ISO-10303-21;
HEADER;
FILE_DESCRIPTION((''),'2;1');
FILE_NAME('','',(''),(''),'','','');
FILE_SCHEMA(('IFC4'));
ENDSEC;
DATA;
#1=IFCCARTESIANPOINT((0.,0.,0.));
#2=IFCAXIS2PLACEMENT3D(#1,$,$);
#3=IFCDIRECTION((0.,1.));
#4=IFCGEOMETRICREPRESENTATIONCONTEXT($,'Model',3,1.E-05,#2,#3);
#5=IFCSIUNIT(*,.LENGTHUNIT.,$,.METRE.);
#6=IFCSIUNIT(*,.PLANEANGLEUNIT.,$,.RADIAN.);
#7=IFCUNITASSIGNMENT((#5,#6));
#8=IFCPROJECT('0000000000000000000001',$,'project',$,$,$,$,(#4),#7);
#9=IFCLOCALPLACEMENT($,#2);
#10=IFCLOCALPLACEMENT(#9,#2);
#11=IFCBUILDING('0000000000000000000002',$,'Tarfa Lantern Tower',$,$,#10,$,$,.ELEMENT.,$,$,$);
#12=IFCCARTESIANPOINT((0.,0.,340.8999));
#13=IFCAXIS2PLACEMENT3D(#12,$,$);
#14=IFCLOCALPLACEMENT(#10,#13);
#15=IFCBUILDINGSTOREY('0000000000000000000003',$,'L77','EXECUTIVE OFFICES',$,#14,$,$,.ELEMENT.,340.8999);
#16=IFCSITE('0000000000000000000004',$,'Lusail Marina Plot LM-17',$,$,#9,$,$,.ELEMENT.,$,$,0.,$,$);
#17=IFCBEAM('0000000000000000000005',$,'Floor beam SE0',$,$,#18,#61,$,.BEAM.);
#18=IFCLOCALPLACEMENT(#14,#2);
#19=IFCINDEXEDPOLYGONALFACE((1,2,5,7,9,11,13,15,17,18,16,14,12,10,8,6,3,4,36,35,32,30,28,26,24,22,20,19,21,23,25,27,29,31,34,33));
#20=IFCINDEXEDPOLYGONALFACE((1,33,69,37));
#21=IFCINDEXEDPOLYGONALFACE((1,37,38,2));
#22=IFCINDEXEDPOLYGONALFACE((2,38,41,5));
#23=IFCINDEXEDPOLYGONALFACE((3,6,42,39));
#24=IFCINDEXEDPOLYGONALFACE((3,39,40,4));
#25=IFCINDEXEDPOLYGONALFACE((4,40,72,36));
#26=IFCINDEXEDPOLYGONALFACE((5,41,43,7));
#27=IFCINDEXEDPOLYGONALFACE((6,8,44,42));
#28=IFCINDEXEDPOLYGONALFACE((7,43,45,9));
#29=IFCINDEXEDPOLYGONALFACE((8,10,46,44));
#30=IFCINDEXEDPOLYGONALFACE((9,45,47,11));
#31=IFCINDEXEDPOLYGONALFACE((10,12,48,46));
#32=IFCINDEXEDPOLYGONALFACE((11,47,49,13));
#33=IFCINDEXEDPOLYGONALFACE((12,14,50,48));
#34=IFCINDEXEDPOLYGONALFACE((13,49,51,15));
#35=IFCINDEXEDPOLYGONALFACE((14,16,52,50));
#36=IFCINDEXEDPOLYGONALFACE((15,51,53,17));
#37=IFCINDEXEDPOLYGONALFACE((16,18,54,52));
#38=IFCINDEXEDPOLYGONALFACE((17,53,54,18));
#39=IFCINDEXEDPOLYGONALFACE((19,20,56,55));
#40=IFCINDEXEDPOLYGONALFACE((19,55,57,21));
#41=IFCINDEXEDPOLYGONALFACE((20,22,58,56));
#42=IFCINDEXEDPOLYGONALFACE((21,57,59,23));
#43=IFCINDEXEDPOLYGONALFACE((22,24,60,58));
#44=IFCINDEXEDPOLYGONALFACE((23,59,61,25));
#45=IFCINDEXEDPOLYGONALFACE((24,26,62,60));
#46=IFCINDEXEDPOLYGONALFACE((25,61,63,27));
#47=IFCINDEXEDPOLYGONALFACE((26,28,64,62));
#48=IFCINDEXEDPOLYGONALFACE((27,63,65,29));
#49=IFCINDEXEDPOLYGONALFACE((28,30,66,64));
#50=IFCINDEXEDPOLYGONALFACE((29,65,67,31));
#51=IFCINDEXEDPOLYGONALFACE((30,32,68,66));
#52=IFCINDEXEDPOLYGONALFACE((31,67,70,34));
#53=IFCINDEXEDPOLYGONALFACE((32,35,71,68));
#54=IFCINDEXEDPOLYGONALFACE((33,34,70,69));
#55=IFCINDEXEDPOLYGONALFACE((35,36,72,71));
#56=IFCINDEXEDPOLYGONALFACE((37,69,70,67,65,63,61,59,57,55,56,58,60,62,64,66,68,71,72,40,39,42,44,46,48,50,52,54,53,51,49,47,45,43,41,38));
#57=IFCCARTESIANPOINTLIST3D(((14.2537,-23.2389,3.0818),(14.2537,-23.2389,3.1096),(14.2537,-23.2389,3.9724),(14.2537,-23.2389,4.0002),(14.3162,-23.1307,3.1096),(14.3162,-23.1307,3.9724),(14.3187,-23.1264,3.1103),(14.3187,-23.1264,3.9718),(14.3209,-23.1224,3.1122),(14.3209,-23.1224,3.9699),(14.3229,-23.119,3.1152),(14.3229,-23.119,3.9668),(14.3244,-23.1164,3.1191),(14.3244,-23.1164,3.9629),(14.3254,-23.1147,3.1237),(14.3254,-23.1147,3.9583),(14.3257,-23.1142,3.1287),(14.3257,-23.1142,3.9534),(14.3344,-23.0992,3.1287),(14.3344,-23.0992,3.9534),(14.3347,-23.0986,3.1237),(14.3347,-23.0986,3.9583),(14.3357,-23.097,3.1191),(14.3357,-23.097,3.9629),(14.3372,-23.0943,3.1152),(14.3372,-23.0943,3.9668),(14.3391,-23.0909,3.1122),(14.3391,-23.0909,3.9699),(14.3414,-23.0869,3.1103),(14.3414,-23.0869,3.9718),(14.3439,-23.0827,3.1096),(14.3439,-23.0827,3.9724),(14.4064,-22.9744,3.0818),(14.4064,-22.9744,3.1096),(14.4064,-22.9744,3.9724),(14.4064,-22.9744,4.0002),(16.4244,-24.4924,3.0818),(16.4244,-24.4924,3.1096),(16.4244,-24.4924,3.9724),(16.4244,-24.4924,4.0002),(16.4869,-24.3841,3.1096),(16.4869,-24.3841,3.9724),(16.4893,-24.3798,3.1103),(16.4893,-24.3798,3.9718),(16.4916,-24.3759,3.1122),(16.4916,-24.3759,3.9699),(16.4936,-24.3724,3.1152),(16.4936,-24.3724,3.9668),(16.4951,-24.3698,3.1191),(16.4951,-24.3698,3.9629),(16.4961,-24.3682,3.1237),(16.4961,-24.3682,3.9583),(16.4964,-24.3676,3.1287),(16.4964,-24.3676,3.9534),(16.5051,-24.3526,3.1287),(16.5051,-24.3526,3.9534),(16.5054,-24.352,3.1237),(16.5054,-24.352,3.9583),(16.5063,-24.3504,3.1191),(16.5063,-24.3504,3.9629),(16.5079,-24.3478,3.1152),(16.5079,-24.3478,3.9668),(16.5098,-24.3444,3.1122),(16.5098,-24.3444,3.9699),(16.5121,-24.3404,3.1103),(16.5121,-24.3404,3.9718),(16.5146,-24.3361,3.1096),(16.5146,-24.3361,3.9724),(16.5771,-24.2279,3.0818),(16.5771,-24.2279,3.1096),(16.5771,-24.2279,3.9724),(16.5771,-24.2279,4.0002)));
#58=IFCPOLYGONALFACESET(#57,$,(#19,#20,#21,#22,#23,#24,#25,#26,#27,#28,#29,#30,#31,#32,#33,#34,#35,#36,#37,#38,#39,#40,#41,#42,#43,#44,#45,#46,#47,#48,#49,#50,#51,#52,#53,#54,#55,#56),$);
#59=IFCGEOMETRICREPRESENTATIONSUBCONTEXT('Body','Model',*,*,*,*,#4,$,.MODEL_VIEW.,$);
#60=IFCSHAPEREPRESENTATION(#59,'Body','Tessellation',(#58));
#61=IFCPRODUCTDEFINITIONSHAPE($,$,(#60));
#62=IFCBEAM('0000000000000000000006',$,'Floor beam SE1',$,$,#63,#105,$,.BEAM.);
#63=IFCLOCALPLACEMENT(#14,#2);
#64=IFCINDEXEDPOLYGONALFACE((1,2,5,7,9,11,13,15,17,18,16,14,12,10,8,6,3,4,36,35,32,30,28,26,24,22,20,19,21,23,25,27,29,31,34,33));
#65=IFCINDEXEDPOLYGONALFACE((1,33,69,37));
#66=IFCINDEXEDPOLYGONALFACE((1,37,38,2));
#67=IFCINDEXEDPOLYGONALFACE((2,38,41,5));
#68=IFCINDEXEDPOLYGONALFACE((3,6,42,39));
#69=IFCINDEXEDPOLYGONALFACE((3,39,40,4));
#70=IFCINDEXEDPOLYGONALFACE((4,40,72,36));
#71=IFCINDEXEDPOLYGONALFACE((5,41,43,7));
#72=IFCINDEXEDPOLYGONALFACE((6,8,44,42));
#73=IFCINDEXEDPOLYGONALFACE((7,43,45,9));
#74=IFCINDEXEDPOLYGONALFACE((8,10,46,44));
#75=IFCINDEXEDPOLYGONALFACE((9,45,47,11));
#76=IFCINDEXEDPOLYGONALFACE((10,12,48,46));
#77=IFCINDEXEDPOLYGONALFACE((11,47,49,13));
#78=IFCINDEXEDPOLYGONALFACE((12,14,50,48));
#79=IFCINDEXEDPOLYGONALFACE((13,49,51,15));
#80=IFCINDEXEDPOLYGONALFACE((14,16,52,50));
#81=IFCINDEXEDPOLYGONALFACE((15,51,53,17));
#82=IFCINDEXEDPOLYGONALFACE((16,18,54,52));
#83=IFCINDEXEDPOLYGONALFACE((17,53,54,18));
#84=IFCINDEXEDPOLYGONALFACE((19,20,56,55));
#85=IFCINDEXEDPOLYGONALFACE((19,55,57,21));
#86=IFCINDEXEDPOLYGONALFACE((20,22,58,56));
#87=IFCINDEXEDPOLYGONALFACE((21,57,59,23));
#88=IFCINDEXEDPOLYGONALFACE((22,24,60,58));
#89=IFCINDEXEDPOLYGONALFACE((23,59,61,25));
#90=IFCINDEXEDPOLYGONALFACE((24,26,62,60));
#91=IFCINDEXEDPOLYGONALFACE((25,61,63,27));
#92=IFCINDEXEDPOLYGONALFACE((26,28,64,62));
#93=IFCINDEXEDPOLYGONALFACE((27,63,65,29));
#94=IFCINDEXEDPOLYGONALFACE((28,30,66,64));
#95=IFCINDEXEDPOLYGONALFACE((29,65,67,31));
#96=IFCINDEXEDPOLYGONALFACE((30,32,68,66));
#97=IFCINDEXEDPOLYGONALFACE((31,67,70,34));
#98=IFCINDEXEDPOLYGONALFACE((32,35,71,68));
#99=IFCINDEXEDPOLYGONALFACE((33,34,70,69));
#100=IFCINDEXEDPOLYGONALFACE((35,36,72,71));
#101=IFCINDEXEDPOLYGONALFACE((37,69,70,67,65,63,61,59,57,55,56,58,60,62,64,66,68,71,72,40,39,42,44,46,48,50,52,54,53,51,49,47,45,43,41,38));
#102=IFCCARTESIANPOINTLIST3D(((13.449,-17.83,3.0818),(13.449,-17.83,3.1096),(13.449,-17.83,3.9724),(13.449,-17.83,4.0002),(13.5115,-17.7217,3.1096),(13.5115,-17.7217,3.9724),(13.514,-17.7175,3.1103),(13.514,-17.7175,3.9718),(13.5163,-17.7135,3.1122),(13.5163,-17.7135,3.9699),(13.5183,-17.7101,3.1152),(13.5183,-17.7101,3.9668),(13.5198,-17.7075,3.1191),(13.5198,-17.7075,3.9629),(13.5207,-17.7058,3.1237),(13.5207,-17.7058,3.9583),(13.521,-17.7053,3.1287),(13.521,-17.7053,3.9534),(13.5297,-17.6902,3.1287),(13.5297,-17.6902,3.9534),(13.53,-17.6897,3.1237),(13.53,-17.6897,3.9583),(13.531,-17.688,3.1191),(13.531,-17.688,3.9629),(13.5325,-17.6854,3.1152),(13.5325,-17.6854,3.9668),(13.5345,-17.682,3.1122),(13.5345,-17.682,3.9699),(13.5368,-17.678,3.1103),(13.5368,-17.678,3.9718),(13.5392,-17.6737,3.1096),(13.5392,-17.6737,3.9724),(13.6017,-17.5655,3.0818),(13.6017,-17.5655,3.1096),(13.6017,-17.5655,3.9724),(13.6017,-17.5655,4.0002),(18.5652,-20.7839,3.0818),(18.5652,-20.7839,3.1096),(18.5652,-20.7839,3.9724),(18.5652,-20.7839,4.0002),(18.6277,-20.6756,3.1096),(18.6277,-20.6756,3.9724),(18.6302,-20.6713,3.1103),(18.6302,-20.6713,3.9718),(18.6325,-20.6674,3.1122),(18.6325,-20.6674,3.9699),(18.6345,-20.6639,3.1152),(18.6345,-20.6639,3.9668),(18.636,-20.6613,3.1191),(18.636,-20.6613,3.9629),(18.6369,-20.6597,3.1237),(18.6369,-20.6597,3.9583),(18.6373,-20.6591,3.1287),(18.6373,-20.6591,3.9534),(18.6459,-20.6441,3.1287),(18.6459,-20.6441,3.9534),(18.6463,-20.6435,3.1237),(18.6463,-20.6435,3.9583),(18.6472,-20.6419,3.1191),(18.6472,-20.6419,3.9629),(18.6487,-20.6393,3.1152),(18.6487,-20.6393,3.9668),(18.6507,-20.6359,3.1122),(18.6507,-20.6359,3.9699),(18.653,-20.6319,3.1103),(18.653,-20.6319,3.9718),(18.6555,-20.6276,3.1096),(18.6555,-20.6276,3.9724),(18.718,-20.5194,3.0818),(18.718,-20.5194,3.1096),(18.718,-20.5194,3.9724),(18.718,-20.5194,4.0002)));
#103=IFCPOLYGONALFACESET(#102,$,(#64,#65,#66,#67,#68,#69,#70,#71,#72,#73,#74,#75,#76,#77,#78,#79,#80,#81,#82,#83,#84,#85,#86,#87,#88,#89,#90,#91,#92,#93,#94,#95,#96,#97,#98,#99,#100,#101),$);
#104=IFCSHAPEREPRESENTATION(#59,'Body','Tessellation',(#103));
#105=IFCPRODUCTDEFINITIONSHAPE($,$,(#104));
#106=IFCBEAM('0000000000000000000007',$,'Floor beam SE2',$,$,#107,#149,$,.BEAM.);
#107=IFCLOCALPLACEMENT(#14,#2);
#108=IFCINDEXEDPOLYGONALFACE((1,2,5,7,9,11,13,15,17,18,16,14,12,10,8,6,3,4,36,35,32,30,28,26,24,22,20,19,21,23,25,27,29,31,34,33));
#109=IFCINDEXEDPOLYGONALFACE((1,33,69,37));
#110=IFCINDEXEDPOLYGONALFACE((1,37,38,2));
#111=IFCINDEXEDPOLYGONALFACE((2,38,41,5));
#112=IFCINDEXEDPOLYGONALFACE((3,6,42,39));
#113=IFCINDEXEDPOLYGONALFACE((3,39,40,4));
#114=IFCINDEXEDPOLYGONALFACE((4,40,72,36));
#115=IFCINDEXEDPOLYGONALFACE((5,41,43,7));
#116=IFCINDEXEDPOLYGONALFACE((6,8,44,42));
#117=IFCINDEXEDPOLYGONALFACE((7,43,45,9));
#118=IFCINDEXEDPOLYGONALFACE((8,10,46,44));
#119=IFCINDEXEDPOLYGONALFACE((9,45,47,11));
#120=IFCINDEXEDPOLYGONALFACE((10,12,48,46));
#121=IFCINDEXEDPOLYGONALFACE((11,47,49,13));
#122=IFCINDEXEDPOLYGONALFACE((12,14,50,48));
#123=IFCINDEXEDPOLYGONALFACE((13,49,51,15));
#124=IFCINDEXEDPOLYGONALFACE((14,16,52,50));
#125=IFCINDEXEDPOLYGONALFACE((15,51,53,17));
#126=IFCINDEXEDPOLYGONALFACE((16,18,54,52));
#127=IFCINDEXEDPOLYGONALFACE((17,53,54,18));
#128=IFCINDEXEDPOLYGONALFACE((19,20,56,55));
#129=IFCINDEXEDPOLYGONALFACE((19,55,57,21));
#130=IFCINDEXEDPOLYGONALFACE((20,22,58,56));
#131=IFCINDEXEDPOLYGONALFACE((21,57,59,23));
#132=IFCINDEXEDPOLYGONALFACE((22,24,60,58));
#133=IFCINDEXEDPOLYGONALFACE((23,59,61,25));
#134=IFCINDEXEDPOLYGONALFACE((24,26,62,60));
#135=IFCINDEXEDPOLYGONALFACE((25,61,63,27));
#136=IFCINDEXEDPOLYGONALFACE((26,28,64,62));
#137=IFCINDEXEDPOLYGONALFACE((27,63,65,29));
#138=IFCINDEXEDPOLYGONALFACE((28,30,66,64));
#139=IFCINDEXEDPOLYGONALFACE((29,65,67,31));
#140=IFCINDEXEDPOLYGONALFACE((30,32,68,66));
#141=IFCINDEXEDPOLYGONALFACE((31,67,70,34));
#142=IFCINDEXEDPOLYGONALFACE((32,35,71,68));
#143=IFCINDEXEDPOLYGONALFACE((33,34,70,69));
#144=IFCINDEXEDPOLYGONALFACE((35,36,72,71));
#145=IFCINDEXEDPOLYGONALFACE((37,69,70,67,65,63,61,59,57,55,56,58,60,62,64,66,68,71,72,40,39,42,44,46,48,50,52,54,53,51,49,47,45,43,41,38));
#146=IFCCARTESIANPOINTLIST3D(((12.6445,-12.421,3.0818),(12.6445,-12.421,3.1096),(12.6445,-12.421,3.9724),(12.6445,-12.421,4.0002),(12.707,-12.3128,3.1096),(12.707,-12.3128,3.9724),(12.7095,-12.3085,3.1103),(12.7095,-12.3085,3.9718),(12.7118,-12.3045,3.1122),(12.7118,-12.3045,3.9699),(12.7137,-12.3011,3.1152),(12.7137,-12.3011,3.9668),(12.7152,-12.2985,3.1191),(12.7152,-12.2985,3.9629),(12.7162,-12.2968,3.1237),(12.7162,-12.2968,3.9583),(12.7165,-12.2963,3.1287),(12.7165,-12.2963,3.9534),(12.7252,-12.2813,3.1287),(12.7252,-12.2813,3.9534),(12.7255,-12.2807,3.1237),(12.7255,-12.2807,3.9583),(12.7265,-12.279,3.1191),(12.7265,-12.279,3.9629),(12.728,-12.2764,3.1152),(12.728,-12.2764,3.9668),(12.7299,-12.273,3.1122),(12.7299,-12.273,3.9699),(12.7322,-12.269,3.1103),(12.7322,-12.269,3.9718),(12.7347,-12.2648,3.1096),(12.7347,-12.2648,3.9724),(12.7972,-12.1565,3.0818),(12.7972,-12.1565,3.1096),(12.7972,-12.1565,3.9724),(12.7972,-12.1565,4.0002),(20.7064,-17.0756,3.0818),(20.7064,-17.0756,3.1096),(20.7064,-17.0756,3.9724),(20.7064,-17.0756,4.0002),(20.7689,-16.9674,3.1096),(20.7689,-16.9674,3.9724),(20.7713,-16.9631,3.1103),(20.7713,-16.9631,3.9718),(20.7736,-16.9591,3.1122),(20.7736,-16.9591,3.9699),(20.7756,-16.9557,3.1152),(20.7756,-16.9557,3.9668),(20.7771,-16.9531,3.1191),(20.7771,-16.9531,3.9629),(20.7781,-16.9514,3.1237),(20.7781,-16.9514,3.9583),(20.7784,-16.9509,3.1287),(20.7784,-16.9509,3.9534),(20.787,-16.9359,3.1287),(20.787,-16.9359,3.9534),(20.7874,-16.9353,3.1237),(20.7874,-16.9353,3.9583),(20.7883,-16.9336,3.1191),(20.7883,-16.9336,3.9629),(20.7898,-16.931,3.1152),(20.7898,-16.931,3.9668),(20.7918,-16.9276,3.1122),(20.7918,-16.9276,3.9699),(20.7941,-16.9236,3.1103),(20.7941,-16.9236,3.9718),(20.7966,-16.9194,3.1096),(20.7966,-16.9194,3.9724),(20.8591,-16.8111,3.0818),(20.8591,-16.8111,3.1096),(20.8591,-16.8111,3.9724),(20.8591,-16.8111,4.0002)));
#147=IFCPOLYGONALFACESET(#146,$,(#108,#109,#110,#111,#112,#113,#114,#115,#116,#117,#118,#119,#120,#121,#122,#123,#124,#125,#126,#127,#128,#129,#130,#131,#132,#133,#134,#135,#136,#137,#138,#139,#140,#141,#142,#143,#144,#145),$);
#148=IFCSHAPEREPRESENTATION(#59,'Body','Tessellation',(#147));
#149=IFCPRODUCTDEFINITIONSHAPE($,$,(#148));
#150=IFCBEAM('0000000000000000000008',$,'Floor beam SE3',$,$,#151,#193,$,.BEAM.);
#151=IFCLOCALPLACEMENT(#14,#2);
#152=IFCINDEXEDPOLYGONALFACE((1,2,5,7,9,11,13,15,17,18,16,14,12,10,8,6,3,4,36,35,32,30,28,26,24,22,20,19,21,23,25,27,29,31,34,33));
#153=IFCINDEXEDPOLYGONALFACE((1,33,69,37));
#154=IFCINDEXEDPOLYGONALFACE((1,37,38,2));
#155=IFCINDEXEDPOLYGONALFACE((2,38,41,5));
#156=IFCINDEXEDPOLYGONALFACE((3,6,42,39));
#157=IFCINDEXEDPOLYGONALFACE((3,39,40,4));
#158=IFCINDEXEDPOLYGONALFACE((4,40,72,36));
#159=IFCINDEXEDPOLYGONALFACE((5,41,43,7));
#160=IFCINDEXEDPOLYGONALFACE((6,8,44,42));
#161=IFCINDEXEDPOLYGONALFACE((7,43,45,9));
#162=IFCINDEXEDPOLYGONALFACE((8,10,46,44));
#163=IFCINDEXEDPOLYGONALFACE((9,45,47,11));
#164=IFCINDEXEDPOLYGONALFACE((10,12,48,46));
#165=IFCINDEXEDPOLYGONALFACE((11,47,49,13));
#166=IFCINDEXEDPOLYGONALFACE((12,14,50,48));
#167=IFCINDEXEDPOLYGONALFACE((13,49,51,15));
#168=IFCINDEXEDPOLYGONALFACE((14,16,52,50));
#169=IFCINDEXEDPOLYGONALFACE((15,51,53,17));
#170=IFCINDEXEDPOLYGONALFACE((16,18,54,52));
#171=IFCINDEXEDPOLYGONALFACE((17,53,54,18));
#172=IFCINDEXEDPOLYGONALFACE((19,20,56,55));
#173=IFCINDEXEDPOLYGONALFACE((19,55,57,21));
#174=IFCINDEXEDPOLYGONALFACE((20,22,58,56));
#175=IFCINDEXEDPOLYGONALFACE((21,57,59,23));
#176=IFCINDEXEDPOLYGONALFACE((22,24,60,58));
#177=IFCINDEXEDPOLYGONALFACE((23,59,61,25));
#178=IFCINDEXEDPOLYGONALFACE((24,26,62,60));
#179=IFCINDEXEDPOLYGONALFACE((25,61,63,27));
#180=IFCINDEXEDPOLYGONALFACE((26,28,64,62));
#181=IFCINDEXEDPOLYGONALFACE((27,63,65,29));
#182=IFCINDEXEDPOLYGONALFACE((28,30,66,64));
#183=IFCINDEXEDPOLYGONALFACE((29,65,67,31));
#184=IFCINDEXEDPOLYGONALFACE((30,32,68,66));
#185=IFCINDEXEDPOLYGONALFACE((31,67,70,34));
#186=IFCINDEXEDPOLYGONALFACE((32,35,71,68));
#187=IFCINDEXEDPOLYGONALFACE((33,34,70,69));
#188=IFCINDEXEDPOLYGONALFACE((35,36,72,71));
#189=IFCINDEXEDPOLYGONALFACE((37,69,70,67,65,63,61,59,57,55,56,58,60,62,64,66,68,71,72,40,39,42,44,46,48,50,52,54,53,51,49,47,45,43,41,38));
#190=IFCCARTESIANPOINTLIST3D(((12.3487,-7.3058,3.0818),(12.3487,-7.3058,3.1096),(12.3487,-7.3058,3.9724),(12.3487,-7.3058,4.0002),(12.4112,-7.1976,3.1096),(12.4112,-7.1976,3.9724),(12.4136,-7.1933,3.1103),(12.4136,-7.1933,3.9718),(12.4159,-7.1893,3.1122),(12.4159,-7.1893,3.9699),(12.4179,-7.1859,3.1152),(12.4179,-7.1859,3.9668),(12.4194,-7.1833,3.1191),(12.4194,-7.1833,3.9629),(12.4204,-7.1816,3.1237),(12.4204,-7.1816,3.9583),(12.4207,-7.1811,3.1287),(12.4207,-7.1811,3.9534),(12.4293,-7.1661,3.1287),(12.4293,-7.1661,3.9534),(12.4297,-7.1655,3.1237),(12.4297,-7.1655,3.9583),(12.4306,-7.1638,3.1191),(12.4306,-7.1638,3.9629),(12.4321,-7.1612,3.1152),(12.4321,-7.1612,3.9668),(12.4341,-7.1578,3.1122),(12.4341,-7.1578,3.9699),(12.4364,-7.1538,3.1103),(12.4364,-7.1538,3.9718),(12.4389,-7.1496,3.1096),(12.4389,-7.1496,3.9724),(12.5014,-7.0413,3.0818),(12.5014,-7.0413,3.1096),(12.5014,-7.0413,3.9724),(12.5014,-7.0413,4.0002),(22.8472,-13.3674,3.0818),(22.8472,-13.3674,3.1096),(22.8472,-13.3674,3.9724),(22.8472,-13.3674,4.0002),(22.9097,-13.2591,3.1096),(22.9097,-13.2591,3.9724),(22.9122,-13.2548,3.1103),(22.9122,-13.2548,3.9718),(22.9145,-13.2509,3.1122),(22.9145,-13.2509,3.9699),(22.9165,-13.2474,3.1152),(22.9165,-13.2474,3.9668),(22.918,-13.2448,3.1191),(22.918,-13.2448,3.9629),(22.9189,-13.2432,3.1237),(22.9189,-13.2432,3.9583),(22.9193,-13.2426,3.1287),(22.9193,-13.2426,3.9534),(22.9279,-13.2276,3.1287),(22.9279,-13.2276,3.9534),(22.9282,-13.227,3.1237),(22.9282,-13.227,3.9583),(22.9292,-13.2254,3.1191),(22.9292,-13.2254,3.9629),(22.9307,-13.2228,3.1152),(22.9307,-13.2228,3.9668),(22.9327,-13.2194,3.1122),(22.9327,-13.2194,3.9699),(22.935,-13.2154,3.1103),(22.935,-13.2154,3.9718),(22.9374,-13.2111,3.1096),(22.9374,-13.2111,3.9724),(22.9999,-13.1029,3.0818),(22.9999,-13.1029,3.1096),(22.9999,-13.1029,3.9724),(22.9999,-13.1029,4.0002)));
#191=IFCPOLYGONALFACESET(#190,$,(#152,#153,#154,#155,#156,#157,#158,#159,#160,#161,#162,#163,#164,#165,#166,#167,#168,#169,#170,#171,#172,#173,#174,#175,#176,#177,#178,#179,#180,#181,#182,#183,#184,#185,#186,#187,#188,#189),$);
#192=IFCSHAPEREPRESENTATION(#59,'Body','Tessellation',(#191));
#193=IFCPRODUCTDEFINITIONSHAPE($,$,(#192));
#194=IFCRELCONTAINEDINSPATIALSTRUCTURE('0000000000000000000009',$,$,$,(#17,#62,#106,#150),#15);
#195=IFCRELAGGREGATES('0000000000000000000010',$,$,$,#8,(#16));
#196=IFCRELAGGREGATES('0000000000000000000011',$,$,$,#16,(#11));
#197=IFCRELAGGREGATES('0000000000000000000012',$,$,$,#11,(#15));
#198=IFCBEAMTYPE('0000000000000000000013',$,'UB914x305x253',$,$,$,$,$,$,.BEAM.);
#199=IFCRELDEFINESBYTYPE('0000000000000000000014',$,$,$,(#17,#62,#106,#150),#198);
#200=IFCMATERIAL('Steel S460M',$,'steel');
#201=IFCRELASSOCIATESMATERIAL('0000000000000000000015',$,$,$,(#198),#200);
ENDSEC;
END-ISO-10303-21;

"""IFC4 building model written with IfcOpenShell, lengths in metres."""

from ifc_helpers import new_model, si_unit, direction, frame, origin, origin_2d, place, context, subcontext, project, spatial, i_section, extrude, material, material_profile, profile_set, type_object, element, save


model = new_model("IFC4")

# Units and contexts
model_context = context("Model", 3, precision=1e-05, world=origin(), true_north=direction((0.0, 1.0)))
body_context = subcontext(model_context, "Body", "Model", "MODEL_VIEW")
ifc_project = project(units=[si_unit("LENGTHUNIT", "METRE"), si_unit("PLANEANGLEUNIT", "RADIAN")], contexts=[model_context])

# Site, building, storey
site_placement = place(None, origin())
site = spatial("IfcSite", under=ifc_project, at=site_placement, Name="Lusail Marina Plot LM-17", CompositionType="ELEMENT", RefElevation=0.0)
building_placement = place(site_placement, origin())
building = spatial("IfcBuilding", under=site, at=building_placement, Name="Tarfa Lantern Tower", CompositionType="ELEMENT")
storey_placement = place(building_placement, frame((0.0, 0.0, 340.8999)))
storey = spatial("IfcBuildingStorey", under=building, at=storey_placement, Name="L77", Description="EXECUTIVE OFFICES", CompositionType="ELEMENT", Elevation=340.8999)

# Beams
ifc_material_1 = material(Name="Steel S460M", Category="steel")
ifc_material_profile_1 = material_profile(ifc_material_1, i_section(OverallWidth=0.3054, OverallDepth=0.9185, WebThickness=0.0173, FlangeThickness=0.0278, FilletRadius=0.019, at=origin_2d()), Name="UB914x305x253")
ifc_profile_set_1 = profile_set([ifc_material_profile_1], Name="Steel S460M")
beam_type_1 = type_object("IfcBeamType", Name="UB914x305x253", PredefinedType="BEAM", material=ifc_profile_set_1)
beam_1_placement = place(storey_placement, frame((16.5007, -24.3601, 3.541), z_axis=(-0.865993, 0.500057, 0.0), x_axis=(-0.500057, -0.865993, 0.0)))
element("IfcBeam", 1, at=beam_1_placement, inside=storey, type_object=beam_type_1, Name="Floor beam SE0", PredefinedType="BEAM", context=body_context, shape_type="SweptSolid", body=[
    extrude(i_section(OverallWidth=0.3054, OverallDepth=0.9185, WebThickness=0.0173, FlangeThickness=0.0278, FilletRadius=0.019, at=origin_2d()), origin(), (0.0, 0.0, 1.0), 2.5066),
])
beam_2_placement = place(storey_placement, frame((18.6416, -20.6516, 3.541), z_axis=(-0.866025, 0.500001, 0.0), x_axis=(-0.500001, -0.866025, 0.0)))
element("IfcBeam", 2, at=beam_2_placement, inside=storey, type_object=beam_type_1, Name="Floor beam SE1", PredefinedType="BEAM", context=body_context, shape_type="SweptSolid", body=[
    extrude(i_section(OverallWidth=0.3054, OverallDepth=0.9185, WebThickness=0.0173, FlangeThickness=0.0278, FilletRadius=0.019, at=origin_2d()), origin(), (0.0, 0.0, 1.0), 5.9077),
])
beam_3_placement = place(storey_placement, frame((20.7827, -16.9434, 3.541), z_axis=(-0.866022, 0.500006, 0.0), x_axis=(-0.500006, -0.866022, 0.0)))
element("IfcBeam", 3, at=beam_3_placement, inside=storey, type_object=beam_type_1, Name="Floor beam SE2", PredefinedType="BEAM", context=body_context, shape_type="SweptSolid", body=[
    extrude(i_section(OverallWidth=0.3054, OverallDepth=0.9185, WebThickness=0.0173, FlangeThickness=0.0278, FilletRadius=0.019, at=origin_2d()), origin(), (0.0, 0.0, 1.0), 9.3091),
])
beam_4_placement = place(storey_placement, frame((22.9236, -13.2351, 3.541), z_axis=(-0.866019, 0.500012, 0.0), x_axis=(-0.500012, -0.866019, 0.0)))
element("IfcBeam", 4, at=beam_4_placement, inside=storey, type_object=beam_type_1, Name="Floor beam SE3", PredefinedType="BEAM", context=body_context, shape_type="SweptSolid", body=[
    extrude(i_section(OverallWidth=0.3054, OverallDepth=0.9185, WebThickness=0.0173, FlangeThickness=0.0278, FilletRadius=0.019, at=origin_2d()), origin(), (0.0, 0.0, 1.0), 12.1228),
])

save(model, "model.ifc")
